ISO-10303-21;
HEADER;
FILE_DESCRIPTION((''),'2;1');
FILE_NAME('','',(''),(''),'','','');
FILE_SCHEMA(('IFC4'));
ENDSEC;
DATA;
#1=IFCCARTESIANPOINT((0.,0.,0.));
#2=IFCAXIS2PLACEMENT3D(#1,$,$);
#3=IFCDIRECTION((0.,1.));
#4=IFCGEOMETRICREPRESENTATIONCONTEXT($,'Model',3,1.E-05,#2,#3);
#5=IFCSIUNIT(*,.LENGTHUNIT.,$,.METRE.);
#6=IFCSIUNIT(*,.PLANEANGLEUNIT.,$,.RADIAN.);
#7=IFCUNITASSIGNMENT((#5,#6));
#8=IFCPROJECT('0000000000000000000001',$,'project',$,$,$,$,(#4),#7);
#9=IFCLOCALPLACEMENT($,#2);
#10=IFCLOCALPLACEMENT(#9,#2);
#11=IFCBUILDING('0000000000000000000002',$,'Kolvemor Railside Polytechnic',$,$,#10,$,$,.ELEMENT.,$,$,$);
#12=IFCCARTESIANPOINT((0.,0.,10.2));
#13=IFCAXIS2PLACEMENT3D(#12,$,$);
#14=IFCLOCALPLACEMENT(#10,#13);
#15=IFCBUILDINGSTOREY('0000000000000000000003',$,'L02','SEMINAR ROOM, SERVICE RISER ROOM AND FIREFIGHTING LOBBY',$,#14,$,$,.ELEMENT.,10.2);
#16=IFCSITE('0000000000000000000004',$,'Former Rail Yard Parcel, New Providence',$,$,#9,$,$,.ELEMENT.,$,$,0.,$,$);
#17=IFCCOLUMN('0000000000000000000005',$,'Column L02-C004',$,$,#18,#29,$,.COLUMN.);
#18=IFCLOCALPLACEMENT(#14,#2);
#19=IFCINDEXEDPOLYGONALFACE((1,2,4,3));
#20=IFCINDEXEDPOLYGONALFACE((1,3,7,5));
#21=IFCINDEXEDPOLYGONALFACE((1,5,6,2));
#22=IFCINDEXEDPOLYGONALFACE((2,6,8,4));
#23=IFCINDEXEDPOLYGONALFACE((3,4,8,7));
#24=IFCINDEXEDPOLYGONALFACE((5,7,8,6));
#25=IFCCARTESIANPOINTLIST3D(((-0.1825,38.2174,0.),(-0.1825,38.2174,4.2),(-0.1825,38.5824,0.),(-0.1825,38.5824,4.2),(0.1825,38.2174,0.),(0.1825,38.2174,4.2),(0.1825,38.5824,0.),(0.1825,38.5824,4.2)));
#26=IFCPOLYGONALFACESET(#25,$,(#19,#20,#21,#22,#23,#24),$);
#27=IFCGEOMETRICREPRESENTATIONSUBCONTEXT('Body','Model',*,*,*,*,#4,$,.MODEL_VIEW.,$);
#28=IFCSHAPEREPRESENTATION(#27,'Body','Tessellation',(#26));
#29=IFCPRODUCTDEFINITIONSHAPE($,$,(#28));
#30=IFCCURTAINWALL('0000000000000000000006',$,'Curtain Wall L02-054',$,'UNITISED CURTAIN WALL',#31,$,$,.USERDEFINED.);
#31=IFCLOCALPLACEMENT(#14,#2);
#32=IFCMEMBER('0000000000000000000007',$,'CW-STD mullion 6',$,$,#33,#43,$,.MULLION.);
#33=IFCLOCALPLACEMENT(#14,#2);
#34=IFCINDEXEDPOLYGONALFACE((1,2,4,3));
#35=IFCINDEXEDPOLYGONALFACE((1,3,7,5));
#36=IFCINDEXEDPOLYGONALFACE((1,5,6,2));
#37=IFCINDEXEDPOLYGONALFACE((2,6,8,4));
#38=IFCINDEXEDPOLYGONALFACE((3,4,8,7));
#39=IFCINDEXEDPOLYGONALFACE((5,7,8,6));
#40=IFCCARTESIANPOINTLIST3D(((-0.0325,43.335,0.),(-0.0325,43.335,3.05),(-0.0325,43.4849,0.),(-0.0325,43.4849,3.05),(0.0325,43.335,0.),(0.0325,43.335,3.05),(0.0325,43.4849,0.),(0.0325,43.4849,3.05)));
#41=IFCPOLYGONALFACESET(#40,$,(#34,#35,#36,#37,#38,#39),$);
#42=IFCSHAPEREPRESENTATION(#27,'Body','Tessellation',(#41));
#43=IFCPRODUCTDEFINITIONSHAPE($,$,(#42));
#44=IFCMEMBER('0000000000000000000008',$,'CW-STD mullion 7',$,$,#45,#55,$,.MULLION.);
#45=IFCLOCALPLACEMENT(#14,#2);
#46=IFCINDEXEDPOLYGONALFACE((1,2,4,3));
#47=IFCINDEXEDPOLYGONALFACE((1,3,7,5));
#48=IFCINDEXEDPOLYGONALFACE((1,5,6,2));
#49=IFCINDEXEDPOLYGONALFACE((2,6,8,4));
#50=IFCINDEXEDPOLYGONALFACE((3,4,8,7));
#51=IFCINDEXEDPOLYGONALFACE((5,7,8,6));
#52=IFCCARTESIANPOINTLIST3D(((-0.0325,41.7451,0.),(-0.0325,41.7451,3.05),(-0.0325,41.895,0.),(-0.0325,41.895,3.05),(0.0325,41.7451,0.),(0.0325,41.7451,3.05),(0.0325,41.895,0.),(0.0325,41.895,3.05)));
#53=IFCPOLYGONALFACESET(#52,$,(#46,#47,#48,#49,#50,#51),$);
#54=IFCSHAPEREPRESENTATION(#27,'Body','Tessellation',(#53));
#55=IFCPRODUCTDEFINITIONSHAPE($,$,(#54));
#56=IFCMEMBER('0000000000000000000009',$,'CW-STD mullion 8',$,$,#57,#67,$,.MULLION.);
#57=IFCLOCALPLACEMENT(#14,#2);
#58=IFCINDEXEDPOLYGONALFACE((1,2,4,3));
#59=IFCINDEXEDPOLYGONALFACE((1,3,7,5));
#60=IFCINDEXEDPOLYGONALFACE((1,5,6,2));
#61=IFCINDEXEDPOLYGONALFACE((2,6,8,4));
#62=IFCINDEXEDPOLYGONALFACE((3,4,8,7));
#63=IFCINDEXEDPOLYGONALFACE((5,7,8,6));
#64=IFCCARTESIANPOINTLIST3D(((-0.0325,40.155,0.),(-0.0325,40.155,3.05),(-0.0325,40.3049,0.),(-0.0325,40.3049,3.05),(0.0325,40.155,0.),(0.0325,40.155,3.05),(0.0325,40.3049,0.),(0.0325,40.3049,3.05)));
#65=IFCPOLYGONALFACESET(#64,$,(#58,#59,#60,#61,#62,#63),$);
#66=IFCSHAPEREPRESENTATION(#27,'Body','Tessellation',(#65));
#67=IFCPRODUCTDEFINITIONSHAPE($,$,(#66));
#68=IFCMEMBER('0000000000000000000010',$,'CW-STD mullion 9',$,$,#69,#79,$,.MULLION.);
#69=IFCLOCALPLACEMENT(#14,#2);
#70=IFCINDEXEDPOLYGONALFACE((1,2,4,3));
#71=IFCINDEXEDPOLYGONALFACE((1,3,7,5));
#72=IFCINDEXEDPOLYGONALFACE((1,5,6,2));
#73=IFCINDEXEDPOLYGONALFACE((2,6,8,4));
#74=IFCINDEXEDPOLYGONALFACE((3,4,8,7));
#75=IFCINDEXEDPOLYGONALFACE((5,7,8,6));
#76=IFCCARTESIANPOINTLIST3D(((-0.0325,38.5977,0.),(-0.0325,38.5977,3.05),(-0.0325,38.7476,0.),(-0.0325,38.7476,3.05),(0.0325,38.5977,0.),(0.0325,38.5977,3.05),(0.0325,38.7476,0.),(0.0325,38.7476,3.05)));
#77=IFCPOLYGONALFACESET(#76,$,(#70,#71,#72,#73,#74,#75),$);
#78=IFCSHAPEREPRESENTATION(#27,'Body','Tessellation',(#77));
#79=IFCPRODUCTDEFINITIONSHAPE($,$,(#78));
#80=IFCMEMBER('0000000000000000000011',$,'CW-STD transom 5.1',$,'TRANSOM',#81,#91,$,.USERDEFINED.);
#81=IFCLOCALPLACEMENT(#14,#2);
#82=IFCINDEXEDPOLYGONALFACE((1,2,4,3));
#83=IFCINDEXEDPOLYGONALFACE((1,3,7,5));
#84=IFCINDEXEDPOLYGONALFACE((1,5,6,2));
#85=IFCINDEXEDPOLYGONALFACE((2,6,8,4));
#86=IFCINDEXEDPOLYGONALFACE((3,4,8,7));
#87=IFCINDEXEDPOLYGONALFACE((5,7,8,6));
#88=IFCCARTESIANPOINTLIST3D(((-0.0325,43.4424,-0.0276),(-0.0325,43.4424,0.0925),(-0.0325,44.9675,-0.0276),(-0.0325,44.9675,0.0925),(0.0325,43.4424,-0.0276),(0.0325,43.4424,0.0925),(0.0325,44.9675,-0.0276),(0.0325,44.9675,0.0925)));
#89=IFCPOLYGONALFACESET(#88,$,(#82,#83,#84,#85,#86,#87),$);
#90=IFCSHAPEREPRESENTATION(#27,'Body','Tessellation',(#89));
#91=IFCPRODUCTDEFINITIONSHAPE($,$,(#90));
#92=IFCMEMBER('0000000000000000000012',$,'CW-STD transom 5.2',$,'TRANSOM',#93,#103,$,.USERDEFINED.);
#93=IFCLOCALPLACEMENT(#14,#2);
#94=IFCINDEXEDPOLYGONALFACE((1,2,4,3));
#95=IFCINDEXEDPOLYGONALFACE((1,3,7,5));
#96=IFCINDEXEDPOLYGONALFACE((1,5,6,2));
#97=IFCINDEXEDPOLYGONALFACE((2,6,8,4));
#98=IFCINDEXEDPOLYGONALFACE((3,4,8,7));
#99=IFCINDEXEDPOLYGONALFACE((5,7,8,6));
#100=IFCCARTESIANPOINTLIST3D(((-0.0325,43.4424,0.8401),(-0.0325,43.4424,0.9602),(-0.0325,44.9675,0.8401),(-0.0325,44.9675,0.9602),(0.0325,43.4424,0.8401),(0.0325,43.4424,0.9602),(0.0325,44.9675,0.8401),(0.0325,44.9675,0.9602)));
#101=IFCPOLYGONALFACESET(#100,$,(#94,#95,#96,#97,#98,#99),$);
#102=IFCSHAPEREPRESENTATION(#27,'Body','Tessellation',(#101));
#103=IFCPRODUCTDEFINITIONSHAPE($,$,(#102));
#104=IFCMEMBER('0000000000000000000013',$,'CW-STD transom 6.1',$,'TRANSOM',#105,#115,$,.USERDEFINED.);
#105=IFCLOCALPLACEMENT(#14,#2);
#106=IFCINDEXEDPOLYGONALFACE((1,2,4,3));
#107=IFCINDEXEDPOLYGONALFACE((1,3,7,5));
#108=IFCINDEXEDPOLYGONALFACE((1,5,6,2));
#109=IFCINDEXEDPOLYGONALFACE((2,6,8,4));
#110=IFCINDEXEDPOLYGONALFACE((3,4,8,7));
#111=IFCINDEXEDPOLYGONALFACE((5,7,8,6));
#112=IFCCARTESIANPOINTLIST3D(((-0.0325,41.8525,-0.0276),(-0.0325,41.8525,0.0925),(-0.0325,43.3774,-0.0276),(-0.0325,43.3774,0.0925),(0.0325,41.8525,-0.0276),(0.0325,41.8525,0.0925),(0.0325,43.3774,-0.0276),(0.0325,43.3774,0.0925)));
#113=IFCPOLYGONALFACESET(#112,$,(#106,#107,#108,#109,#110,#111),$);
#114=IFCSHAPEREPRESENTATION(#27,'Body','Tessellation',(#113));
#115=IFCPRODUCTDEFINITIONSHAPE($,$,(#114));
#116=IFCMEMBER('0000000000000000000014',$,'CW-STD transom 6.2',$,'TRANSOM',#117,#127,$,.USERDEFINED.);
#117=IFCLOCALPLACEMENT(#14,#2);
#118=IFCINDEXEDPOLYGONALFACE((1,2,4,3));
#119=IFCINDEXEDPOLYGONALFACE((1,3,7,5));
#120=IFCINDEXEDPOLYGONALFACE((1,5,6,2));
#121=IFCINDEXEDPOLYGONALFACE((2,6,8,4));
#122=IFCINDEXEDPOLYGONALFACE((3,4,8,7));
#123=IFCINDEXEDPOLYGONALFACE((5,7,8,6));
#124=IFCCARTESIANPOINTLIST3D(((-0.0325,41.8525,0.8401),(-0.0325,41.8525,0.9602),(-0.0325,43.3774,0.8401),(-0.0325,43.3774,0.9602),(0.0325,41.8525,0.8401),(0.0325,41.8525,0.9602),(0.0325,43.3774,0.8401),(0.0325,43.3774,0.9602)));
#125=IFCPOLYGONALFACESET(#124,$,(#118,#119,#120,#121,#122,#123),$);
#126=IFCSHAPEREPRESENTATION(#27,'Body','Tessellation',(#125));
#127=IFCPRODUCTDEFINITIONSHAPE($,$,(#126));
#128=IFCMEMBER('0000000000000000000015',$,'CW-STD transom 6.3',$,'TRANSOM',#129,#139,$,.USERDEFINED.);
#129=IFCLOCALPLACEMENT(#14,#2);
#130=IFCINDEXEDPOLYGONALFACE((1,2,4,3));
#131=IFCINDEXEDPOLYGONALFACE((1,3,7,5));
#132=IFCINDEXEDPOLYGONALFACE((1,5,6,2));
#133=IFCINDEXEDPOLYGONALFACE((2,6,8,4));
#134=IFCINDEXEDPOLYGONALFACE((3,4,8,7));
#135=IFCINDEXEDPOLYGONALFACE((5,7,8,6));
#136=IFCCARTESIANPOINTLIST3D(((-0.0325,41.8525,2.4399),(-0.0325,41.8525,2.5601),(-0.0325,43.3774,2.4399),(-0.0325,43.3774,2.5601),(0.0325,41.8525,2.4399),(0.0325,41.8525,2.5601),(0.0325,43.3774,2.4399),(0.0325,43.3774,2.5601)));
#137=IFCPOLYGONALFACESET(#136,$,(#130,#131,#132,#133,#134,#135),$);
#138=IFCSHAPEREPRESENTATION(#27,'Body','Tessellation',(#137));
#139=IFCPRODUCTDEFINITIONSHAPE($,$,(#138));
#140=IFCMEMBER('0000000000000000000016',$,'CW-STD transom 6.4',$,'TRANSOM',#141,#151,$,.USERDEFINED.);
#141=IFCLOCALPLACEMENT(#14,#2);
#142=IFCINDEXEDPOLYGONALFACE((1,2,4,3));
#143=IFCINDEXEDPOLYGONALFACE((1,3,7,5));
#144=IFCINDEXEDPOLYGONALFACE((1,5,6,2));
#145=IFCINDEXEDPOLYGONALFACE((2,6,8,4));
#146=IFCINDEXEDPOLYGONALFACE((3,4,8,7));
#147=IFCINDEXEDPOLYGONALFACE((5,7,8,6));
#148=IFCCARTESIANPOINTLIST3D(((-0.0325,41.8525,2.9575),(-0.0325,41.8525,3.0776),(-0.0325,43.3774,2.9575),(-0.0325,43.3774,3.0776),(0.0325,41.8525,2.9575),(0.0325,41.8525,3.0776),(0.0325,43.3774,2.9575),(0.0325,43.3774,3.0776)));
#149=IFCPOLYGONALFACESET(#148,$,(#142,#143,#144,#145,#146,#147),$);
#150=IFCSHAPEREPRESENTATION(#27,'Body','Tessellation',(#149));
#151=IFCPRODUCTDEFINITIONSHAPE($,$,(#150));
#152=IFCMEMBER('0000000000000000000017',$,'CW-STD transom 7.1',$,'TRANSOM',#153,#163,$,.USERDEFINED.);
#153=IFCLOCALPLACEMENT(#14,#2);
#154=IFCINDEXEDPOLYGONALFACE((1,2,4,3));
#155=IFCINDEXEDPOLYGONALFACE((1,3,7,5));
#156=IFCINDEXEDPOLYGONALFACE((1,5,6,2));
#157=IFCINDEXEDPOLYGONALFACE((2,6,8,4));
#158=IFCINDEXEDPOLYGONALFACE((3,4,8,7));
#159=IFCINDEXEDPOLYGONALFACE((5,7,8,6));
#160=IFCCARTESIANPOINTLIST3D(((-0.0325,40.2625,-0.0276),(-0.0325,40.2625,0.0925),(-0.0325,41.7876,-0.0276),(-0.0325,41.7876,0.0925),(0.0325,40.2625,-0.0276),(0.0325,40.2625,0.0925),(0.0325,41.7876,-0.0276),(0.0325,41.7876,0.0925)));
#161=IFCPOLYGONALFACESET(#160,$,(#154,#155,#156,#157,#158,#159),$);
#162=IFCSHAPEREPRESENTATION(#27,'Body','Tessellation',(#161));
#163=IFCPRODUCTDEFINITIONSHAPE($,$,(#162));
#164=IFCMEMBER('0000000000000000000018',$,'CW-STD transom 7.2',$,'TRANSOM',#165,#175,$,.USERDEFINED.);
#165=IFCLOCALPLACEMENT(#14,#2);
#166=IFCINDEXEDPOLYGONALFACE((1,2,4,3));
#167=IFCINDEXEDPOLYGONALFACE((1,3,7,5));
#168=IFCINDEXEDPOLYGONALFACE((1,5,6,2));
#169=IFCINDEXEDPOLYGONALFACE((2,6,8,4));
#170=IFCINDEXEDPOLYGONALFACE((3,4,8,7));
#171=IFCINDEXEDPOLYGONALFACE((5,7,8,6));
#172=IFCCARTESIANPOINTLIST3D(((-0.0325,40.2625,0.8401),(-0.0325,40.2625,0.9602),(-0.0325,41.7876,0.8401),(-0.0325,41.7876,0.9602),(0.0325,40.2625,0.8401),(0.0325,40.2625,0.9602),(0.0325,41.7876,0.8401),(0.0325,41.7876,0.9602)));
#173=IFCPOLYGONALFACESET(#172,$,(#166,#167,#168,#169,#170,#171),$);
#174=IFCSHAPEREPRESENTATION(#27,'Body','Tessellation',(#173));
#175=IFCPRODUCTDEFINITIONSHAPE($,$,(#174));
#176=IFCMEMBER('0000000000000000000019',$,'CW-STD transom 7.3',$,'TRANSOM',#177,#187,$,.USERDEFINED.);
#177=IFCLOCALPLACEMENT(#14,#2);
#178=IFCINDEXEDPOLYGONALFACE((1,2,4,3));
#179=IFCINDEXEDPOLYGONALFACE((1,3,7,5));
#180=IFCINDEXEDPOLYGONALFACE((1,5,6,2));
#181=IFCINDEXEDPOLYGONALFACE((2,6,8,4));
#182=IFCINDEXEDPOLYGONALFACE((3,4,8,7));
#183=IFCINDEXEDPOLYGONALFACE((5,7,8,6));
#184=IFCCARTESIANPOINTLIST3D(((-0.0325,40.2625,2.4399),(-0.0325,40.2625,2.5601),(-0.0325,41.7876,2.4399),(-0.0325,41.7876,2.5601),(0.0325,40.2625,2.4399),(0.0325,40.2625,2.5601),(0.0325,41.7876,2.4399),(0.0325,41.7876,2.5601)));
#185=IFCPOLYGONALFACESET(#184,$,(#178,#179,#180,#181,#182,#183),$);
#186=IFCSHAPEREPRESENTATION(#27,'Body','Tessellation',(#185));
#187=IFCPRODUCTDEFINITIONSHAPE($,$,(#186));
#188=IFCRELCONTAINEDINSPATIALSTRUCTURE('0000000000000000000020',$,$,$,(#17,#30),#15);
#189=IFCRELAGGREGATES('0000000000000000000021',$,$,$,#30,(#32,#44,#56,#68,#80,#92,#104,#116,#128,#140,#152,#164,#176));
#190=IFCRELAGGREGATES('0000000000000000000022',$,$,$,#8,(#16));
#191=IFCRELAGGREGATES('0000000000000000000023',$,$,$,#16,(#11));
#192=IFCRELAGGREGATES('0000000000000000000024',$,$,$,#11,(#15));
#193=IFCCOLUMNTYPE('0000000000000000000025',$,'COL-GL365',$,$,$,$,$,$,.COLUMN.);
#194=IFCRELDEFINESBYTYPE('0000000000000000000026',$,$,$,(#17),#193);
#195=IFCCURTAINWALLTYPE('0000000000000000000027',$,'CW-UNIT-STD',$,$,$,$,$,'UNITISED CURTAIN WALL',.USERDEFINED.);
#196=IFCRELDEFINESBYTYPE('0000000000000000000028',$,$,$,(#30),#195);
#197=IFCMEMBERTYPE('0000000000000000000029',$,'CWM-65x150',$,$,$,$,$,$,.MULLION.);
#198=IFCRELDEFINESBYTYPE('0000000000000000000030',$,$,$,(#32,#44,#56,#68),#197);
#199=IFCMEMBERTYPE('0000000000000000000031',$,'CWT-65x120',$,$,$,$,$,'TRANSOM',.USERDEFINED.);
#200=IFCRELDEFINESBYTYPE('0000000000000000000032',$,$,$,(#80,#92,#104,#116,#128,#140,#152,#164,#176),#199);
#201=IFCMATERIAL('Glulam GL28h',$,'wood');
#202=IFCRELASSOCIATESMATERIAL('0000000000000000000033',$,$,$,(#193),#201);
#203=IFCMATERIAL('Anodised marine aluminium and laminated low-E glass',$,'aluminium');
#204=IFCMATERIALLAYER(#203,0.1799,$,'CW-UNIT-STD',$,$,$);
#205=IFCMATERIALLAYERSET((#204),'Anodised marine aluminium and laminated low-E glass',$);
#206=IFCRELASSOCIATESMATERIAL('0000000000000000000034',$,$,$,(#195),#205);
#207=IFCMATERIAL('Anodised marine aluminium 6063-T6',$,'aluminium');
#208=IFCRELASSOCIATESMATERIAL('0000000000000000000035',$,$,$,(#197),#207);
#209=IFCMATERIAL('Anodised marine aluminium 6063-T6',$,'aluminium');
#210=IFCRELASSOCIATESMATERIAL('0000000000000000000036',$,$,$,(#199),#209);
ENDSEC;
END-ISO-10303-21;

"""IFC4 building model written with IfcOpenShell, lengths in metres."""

from ifc_helpers import new_model, si_unit, direction, frame, origin, origin_2d, place, context, subcontext, project, spatial, rectangle, extrude, material, layer, layer_set, material_profile, profile_set, type_object, element, aggregate, save


model = new_model("IFC4")

# Units and contexts
model_context = context("Model", 3, precision=1e-05, world=origin(), true_north=direction((0.0, 1.0)))
body_context = subcontext(model_context, "Body", "Model", "MODEL_VIEW")
ifc_project = project(units=[si_unit("LENGTHUNIT", "METRE"), si_unit("PLANEANGLEUNIT", "RADIAN")], contexts=[model_context])

# Site, building, storey
site_placement = place(None, origin())
site = spatial("IfcSite", under=ifc_project, at=site_placement, Name="Former Rail Yard Parcel, New Providence", CompositionType="ELEMENT", RefElevation=0.0)
building_placement = place(site_placement, origin())
building = spatial("IfcBuilding", under=site, at=building_placement, Name="Kolvemor Railside Polytechnic", CompositionType="ELEMENT")
storey_placement = place(building_placement, frame((0.0, 0.0, 10.2)))
storey = spatial("IfcBuildingStorey", under=building, at=storey_placement, Name="L02", Description="SEMINAR ROOM, SERVICE RISER ROOM AND FIREFIGHTING LOBBY", CompositionType="ELEMENT", Elevation=10.2)

# Column
ifc_material_1 = material(Name="Glulam GL28h", Category="wood")
ifc_material_profile_1 = material_profile(ifc_material_1, rectangle(XDim=0.365, YDim=0.365, at=origin_2d()), Name="GL365x365")
ifc_profile_set_1 = profile_set([ifc_material_profile_1], Name="Glulam GL28h")
column_type = type_object("IfcColumnType", Name="COL-GL365", PredefinedType="COLUMN", material=ifc_profile_set_1)
column_placement = place(storey_placement, frame((0.0, 38.3999, 0.0), z_axis=(0.0, 0.0, 1.0), x_axis=(1.0, 0.0, 0.0)))
element("IfcColumn", 1, at=column_placement, inside=storey, type_object=column_type, Name="Column L02-C004", PredefinedType="COLUMN", context=body_context, shape_type="SweptSolid", body=[
    extrude(rectangle(XDim=0.365, YDim=0.365, at=origin_2d()), origin(), (0.0, 0.0, 1.0), 4.2),
])

# Curtain wall, members
ifc_material_2 = material(Name="Anodised marine aluminium and laminated low-E glass", Category="aluminium")
ifc_layer_1 = layer(ifc_material_2, 0.1799, Name="CW-UNIT-STD")
ifc_layer_set_1 = layer_set([ifc_layer_1], Name="Anodised marine aluminium and laminated low-E glass")
curtain_wall_type = type_object("IfcCurtainWallType", Name="CW-UNIT-STD", ElementType="UNITISED CURTAIN WALL", PredefinedType="USERDEFINED", material=ifc_layer_set_1)
curtain_wall_placement = place(storey_placement, origin())
curtain_wall = element("IfcCurtainWall", 2, at=curtain_wall_placement, inside=storey, type_object=curtain_wall_type, Name="Curtain Wall L02-054", ObjectType="UNITISED CURTAIN WALL", PredefinedType="USERDEFINED")
ifc_material_3 = material(Name="Anodised marine aluminium 6063-T6", Category="aluminium")
ifc_material_profile_2 = material_profile(ifc_material_3, rectangle(XDim=0.0649, YDim=0.1499, at=origin_2d()), Name="CW-MUL-65x150")
ifc_profile_set_2 = profile_set([ifc_material_profile_2], Name="Anodised marine aluminium 6063-T6")
member_type_1 = type_object("IfcMemberType", Name="CWM-65x150", PredefinedType="MULLION", material=ifc_profile_set_2)
member_1_placement = place(storey_placement, frame((0.0, 43.4099, 0.0), z_axis=(0.0, 0.0, 1.0), x_axis=(1.0, 0.0, 0.0)))
member_1 = element("IfcMember", 3, at=member_1_placement, type_object=member_type_1, Name="CW-STD mullion 6", PredefinedType="MULLION", context=body_context, shape_type="SweptSolid", body=[
    extrude(rectangle(XDim=0.0649, YDim=0.1499, at=origin_2d()), origin(), (0.0, 0.0, 1.0), 3.05),
])
member_2_placement = place(storey_placement, frame((0.0, 41.8201, 0.0), z_axis=(0.0, 0.0, 1.0), x_axis=(1.0, 0.0, 0.0)))
member_2 = element("IfcMember", 4, at=member_2_placement, type_object=member_type_1, Name="CW-STD mullion 7", PredefinedType="MULLION", context=body_context, shape_type="SweptSolid", body=[
    extrude(rectangle(XDim=0.0649, YDim=0.1499, at=origin_2d()), origin(), (0.0, 0.0, 1.0), 3.05),
])
member_3_placement = place(storey_placement, frame((0.0, 40.23, 0.0), z_axis=(0.0, 0.0, 1.0), x_axis=(1.0, 0.0, 0.0)))
member_3 = element("IfcMember", 5, at=member_3_placement, type_object=member_type_1, Name="CW-STD mullion 8", PredefinedType="MULLION", context=body_context, shape_type="SweptSolid", body=[
    extrude(rectangle(XDim=0.0649, YDim=0.1499, at=origin_2d()), origin(), (0.0, 0.0, 1.0), 3.05),
])
member_4_placement = place(storey_placement, frame((0.0, 38.6726, 0.0), z_axis=(0.0, 0.0, 1.0), x_axis=(1.0, 0.0, 0.0)))
member_4 = element("IfcMember", 6, at=member_4_placement, type_object=member_type_1, Name="CW-STD mullion 9", PredefinedType="MULLION", context=body_context, shape_type="SweptSolid", body=[
    extrude(rectangle(XDim=0.0649, YDim=0.1499, at=origin_2d()), origin(), (0.0, 0.0, 1.0), 3.05),
])
ifc_material_4 = material(Name="Anodised marine aluminium 6063-T6", Category="aluminium")
ifc_material_profile_3 = material_profile(ifc_material_4, rectangle(XDim=0.0649, YDim=0.1201, at=origin_2d()), Name="CW-TRN-65x120")
ifc_profile_set_3 = profile_set([ifc_material_profile_3], Name="Anodised marine aluminium 6063-T6")
member_type_2 = type_object("IfcMemberType", Name="CWT-65x120", ElementType="TRANSOM", PredefinedType="USERDEFINED", material=ifc_profile_set_3)
member_5_placement = place(storey_placement, frame((0.0, 44.9675, 0.0325), z_axis=(0.0, -1.0, 0.0), x_axis=(1.0, 0.0, 0.0)))
member_5 = element("IfcMember", 7, at=member_5_placement, type_object=member_type_2, Name="CW-STD transom 5.1", ObjectType="TRANSOM", PredefinedType="USERDEFINED", context=body_context, shape_type="SweptSolid", body=[
    extrude(rectangle(XDim=0.0649, YDim=0.1201, at=origin_2d()), origin(), (0.0, 0.0, 1.0), 1.5251),
])
member_6_placement = place(storey_placement, frame((0.0, 44.9675, 0.9001), z_axis=(0.0, -1.0, 0.0), x_axis=(1.0, 0.0, 0.0)))
member_6 = element("IfcMember", 8, at=member_6_placement, type_object=member_type_2, Name="CW-STD transom 5.2", ObjectType="TRANSOM", PredefinedType="USERDEFINED", context=body_context, shape_type="SweptSolid", body=[
    extrude(rectangle(XDim=0.0649, YDim=0.1201, at=origin_2d()), origin(), (0.0, 0.0, 1.0), 1.5251),
])
member_7_placement = place(storey_placement, frame((0.0, 43.3774, 0.0325), z_axis=(0.0, -1.0, 0.0), x_axis=(1.0, 0.0, 0.0)))
member_7 = element("IfcMember", 9, at=member_7_placement, type_object=member_type_2, Name="CW-STD transom 6.1", ObjectType="TRANSOM", PredefinedType="USERDEFINED", context=body_context, shape_type="SweptSolid", body=[
    extrude(rectangle(XDim=0.0649, YDim=0.1201, at=origin_2d()), origin(), (0.0, 0.0, 1.0), 1.5249),
])
member_8_placement = place(storey_placement, frame((0.0, 43.3774, 0.9001), z_axis=(0.0, -1.0, 0.0), x_axis=(1.0, 0.0, 0.0)))
member_8 = element("IfcMember", 10, at=member_8_placement, type_object=member_type_2, Name="CW-STD transom 6.2", ObjectType="TRANSOM", PredefinedType="USERDEFINED", context=body_context, shape_type="SweptSolid", body=[
    extrude(rectangle(XDim=0.0649, YDim=0.1201, at=origin_2d()), origin(), (0.0, 0.0, 1.0), 1.5249),
])
member_9_placement = place(storey_placement, frame((0.0, 43.3774, 2.5), z_axis=(0.0, -1.0, 0.0), x_axis=(1.0, 0.0, 0.0)))
member_9 = element("IfcMember", 11, at=member_9_placement, type_object=member_type_2, Name="CW-STD transom 6.3", ObjectType="TRANSOM", PredefinedType="USERDEFINED", context=body_context, shape_type="SweptSolid", body=[
    extrude(rectangle(XDim=0.0649, YDim=0.1201, at=origin_2d()), origin(), (0.0, 0.0, 1.0), 1.5249),
])
member_10_placement = place(storey_placement, frame((0.0, 43.3774, 3.0176), z_axis=(0.0, -1.0, 0.0), x_axis=(1.0, 0.0, 0.0)))
member_10 = element("IfcMember", 12, at=member_10_placement, type_object=member_type_2, Name="CW-STD transom 6.4", ObjectType="TRANSOM", PredefinedType="USERDEFINED", context=body_context, shape_type="SweptSolid", body=[
    extrude(rectangle(XDim=0.0649, YDim=0.1201, at=origin_2d()), origin(), (0.0, 0.0, 1.0), 1.5249),
])
member_11_placement = place(storey_placement, frame((0.0, 41.7876, 0.0325), z_axis=(0.0, -1.0, 0.0), x_axis=(1.0, 0.0, 0.0)))
member_11 = element("IfcMember", 13, at=member_11_placement, type_object=member_type_2, Name="CW-STD transom 7.1", ObjectType="TRANSOM", PredefinedType="USERDEFINED", context=body_context, shape_type="SweptSolid", body=[
    extrude(rectangle(XDim=0.0649, YDim=0.1201, at=origin_2d()), origin(), (0.0, 0.0, 1.0), 1.5251),
])
member_12_placement = place(storey_placement, frame((0.0, 41.7876, 0.9001), z_axis=(0.0, -1.0, 0.0), x_axis=(1.0, 0.0, 0.0)))
member_12 = element("IfcMember", 14, at=member_12_placement, type_object=member_type_2, Name="CW-STD transom 7.2", ObjectType="TRANSOM", PredefinedType="USERDEFINED", context=body_context, shape_type="SweptSolid", body=[
    extrude(rectangle(XDim=0.0649, YDim=0.1201, at=origin_2d()), origin(), (0.0, 0.0, 1.0), 1.5251),
])
member_13_placement = place(storey_placement, frame((0.0, 41.7876, 2.5), z_axis=(0.0, -1.0, 0.0), x_axis=(1.0, 0.0, 0.0)))
member_13 = element("IfcMember", 15, at=member_13_placement, type_object=member_type_2, Name="CW-STD transom 7.3", ObjectType="TRANSOM", PredefinedType="USERDEFINED", context=body_context, shape_type="SweptSolid", body=[
    extrude(rectangle(XDim=0.0649, YDim=0.1201, at=origin_2d()), origin(), (0.0, 0.0, 1.0), 1.5251),
])
aggregate(curtain_wall, [member_1, member_2, member_3, member_4, member_5, member_6, member_7, member_8, member_9, member_10, member_11, member_12, member_13])

save(model, "model.ifc")
